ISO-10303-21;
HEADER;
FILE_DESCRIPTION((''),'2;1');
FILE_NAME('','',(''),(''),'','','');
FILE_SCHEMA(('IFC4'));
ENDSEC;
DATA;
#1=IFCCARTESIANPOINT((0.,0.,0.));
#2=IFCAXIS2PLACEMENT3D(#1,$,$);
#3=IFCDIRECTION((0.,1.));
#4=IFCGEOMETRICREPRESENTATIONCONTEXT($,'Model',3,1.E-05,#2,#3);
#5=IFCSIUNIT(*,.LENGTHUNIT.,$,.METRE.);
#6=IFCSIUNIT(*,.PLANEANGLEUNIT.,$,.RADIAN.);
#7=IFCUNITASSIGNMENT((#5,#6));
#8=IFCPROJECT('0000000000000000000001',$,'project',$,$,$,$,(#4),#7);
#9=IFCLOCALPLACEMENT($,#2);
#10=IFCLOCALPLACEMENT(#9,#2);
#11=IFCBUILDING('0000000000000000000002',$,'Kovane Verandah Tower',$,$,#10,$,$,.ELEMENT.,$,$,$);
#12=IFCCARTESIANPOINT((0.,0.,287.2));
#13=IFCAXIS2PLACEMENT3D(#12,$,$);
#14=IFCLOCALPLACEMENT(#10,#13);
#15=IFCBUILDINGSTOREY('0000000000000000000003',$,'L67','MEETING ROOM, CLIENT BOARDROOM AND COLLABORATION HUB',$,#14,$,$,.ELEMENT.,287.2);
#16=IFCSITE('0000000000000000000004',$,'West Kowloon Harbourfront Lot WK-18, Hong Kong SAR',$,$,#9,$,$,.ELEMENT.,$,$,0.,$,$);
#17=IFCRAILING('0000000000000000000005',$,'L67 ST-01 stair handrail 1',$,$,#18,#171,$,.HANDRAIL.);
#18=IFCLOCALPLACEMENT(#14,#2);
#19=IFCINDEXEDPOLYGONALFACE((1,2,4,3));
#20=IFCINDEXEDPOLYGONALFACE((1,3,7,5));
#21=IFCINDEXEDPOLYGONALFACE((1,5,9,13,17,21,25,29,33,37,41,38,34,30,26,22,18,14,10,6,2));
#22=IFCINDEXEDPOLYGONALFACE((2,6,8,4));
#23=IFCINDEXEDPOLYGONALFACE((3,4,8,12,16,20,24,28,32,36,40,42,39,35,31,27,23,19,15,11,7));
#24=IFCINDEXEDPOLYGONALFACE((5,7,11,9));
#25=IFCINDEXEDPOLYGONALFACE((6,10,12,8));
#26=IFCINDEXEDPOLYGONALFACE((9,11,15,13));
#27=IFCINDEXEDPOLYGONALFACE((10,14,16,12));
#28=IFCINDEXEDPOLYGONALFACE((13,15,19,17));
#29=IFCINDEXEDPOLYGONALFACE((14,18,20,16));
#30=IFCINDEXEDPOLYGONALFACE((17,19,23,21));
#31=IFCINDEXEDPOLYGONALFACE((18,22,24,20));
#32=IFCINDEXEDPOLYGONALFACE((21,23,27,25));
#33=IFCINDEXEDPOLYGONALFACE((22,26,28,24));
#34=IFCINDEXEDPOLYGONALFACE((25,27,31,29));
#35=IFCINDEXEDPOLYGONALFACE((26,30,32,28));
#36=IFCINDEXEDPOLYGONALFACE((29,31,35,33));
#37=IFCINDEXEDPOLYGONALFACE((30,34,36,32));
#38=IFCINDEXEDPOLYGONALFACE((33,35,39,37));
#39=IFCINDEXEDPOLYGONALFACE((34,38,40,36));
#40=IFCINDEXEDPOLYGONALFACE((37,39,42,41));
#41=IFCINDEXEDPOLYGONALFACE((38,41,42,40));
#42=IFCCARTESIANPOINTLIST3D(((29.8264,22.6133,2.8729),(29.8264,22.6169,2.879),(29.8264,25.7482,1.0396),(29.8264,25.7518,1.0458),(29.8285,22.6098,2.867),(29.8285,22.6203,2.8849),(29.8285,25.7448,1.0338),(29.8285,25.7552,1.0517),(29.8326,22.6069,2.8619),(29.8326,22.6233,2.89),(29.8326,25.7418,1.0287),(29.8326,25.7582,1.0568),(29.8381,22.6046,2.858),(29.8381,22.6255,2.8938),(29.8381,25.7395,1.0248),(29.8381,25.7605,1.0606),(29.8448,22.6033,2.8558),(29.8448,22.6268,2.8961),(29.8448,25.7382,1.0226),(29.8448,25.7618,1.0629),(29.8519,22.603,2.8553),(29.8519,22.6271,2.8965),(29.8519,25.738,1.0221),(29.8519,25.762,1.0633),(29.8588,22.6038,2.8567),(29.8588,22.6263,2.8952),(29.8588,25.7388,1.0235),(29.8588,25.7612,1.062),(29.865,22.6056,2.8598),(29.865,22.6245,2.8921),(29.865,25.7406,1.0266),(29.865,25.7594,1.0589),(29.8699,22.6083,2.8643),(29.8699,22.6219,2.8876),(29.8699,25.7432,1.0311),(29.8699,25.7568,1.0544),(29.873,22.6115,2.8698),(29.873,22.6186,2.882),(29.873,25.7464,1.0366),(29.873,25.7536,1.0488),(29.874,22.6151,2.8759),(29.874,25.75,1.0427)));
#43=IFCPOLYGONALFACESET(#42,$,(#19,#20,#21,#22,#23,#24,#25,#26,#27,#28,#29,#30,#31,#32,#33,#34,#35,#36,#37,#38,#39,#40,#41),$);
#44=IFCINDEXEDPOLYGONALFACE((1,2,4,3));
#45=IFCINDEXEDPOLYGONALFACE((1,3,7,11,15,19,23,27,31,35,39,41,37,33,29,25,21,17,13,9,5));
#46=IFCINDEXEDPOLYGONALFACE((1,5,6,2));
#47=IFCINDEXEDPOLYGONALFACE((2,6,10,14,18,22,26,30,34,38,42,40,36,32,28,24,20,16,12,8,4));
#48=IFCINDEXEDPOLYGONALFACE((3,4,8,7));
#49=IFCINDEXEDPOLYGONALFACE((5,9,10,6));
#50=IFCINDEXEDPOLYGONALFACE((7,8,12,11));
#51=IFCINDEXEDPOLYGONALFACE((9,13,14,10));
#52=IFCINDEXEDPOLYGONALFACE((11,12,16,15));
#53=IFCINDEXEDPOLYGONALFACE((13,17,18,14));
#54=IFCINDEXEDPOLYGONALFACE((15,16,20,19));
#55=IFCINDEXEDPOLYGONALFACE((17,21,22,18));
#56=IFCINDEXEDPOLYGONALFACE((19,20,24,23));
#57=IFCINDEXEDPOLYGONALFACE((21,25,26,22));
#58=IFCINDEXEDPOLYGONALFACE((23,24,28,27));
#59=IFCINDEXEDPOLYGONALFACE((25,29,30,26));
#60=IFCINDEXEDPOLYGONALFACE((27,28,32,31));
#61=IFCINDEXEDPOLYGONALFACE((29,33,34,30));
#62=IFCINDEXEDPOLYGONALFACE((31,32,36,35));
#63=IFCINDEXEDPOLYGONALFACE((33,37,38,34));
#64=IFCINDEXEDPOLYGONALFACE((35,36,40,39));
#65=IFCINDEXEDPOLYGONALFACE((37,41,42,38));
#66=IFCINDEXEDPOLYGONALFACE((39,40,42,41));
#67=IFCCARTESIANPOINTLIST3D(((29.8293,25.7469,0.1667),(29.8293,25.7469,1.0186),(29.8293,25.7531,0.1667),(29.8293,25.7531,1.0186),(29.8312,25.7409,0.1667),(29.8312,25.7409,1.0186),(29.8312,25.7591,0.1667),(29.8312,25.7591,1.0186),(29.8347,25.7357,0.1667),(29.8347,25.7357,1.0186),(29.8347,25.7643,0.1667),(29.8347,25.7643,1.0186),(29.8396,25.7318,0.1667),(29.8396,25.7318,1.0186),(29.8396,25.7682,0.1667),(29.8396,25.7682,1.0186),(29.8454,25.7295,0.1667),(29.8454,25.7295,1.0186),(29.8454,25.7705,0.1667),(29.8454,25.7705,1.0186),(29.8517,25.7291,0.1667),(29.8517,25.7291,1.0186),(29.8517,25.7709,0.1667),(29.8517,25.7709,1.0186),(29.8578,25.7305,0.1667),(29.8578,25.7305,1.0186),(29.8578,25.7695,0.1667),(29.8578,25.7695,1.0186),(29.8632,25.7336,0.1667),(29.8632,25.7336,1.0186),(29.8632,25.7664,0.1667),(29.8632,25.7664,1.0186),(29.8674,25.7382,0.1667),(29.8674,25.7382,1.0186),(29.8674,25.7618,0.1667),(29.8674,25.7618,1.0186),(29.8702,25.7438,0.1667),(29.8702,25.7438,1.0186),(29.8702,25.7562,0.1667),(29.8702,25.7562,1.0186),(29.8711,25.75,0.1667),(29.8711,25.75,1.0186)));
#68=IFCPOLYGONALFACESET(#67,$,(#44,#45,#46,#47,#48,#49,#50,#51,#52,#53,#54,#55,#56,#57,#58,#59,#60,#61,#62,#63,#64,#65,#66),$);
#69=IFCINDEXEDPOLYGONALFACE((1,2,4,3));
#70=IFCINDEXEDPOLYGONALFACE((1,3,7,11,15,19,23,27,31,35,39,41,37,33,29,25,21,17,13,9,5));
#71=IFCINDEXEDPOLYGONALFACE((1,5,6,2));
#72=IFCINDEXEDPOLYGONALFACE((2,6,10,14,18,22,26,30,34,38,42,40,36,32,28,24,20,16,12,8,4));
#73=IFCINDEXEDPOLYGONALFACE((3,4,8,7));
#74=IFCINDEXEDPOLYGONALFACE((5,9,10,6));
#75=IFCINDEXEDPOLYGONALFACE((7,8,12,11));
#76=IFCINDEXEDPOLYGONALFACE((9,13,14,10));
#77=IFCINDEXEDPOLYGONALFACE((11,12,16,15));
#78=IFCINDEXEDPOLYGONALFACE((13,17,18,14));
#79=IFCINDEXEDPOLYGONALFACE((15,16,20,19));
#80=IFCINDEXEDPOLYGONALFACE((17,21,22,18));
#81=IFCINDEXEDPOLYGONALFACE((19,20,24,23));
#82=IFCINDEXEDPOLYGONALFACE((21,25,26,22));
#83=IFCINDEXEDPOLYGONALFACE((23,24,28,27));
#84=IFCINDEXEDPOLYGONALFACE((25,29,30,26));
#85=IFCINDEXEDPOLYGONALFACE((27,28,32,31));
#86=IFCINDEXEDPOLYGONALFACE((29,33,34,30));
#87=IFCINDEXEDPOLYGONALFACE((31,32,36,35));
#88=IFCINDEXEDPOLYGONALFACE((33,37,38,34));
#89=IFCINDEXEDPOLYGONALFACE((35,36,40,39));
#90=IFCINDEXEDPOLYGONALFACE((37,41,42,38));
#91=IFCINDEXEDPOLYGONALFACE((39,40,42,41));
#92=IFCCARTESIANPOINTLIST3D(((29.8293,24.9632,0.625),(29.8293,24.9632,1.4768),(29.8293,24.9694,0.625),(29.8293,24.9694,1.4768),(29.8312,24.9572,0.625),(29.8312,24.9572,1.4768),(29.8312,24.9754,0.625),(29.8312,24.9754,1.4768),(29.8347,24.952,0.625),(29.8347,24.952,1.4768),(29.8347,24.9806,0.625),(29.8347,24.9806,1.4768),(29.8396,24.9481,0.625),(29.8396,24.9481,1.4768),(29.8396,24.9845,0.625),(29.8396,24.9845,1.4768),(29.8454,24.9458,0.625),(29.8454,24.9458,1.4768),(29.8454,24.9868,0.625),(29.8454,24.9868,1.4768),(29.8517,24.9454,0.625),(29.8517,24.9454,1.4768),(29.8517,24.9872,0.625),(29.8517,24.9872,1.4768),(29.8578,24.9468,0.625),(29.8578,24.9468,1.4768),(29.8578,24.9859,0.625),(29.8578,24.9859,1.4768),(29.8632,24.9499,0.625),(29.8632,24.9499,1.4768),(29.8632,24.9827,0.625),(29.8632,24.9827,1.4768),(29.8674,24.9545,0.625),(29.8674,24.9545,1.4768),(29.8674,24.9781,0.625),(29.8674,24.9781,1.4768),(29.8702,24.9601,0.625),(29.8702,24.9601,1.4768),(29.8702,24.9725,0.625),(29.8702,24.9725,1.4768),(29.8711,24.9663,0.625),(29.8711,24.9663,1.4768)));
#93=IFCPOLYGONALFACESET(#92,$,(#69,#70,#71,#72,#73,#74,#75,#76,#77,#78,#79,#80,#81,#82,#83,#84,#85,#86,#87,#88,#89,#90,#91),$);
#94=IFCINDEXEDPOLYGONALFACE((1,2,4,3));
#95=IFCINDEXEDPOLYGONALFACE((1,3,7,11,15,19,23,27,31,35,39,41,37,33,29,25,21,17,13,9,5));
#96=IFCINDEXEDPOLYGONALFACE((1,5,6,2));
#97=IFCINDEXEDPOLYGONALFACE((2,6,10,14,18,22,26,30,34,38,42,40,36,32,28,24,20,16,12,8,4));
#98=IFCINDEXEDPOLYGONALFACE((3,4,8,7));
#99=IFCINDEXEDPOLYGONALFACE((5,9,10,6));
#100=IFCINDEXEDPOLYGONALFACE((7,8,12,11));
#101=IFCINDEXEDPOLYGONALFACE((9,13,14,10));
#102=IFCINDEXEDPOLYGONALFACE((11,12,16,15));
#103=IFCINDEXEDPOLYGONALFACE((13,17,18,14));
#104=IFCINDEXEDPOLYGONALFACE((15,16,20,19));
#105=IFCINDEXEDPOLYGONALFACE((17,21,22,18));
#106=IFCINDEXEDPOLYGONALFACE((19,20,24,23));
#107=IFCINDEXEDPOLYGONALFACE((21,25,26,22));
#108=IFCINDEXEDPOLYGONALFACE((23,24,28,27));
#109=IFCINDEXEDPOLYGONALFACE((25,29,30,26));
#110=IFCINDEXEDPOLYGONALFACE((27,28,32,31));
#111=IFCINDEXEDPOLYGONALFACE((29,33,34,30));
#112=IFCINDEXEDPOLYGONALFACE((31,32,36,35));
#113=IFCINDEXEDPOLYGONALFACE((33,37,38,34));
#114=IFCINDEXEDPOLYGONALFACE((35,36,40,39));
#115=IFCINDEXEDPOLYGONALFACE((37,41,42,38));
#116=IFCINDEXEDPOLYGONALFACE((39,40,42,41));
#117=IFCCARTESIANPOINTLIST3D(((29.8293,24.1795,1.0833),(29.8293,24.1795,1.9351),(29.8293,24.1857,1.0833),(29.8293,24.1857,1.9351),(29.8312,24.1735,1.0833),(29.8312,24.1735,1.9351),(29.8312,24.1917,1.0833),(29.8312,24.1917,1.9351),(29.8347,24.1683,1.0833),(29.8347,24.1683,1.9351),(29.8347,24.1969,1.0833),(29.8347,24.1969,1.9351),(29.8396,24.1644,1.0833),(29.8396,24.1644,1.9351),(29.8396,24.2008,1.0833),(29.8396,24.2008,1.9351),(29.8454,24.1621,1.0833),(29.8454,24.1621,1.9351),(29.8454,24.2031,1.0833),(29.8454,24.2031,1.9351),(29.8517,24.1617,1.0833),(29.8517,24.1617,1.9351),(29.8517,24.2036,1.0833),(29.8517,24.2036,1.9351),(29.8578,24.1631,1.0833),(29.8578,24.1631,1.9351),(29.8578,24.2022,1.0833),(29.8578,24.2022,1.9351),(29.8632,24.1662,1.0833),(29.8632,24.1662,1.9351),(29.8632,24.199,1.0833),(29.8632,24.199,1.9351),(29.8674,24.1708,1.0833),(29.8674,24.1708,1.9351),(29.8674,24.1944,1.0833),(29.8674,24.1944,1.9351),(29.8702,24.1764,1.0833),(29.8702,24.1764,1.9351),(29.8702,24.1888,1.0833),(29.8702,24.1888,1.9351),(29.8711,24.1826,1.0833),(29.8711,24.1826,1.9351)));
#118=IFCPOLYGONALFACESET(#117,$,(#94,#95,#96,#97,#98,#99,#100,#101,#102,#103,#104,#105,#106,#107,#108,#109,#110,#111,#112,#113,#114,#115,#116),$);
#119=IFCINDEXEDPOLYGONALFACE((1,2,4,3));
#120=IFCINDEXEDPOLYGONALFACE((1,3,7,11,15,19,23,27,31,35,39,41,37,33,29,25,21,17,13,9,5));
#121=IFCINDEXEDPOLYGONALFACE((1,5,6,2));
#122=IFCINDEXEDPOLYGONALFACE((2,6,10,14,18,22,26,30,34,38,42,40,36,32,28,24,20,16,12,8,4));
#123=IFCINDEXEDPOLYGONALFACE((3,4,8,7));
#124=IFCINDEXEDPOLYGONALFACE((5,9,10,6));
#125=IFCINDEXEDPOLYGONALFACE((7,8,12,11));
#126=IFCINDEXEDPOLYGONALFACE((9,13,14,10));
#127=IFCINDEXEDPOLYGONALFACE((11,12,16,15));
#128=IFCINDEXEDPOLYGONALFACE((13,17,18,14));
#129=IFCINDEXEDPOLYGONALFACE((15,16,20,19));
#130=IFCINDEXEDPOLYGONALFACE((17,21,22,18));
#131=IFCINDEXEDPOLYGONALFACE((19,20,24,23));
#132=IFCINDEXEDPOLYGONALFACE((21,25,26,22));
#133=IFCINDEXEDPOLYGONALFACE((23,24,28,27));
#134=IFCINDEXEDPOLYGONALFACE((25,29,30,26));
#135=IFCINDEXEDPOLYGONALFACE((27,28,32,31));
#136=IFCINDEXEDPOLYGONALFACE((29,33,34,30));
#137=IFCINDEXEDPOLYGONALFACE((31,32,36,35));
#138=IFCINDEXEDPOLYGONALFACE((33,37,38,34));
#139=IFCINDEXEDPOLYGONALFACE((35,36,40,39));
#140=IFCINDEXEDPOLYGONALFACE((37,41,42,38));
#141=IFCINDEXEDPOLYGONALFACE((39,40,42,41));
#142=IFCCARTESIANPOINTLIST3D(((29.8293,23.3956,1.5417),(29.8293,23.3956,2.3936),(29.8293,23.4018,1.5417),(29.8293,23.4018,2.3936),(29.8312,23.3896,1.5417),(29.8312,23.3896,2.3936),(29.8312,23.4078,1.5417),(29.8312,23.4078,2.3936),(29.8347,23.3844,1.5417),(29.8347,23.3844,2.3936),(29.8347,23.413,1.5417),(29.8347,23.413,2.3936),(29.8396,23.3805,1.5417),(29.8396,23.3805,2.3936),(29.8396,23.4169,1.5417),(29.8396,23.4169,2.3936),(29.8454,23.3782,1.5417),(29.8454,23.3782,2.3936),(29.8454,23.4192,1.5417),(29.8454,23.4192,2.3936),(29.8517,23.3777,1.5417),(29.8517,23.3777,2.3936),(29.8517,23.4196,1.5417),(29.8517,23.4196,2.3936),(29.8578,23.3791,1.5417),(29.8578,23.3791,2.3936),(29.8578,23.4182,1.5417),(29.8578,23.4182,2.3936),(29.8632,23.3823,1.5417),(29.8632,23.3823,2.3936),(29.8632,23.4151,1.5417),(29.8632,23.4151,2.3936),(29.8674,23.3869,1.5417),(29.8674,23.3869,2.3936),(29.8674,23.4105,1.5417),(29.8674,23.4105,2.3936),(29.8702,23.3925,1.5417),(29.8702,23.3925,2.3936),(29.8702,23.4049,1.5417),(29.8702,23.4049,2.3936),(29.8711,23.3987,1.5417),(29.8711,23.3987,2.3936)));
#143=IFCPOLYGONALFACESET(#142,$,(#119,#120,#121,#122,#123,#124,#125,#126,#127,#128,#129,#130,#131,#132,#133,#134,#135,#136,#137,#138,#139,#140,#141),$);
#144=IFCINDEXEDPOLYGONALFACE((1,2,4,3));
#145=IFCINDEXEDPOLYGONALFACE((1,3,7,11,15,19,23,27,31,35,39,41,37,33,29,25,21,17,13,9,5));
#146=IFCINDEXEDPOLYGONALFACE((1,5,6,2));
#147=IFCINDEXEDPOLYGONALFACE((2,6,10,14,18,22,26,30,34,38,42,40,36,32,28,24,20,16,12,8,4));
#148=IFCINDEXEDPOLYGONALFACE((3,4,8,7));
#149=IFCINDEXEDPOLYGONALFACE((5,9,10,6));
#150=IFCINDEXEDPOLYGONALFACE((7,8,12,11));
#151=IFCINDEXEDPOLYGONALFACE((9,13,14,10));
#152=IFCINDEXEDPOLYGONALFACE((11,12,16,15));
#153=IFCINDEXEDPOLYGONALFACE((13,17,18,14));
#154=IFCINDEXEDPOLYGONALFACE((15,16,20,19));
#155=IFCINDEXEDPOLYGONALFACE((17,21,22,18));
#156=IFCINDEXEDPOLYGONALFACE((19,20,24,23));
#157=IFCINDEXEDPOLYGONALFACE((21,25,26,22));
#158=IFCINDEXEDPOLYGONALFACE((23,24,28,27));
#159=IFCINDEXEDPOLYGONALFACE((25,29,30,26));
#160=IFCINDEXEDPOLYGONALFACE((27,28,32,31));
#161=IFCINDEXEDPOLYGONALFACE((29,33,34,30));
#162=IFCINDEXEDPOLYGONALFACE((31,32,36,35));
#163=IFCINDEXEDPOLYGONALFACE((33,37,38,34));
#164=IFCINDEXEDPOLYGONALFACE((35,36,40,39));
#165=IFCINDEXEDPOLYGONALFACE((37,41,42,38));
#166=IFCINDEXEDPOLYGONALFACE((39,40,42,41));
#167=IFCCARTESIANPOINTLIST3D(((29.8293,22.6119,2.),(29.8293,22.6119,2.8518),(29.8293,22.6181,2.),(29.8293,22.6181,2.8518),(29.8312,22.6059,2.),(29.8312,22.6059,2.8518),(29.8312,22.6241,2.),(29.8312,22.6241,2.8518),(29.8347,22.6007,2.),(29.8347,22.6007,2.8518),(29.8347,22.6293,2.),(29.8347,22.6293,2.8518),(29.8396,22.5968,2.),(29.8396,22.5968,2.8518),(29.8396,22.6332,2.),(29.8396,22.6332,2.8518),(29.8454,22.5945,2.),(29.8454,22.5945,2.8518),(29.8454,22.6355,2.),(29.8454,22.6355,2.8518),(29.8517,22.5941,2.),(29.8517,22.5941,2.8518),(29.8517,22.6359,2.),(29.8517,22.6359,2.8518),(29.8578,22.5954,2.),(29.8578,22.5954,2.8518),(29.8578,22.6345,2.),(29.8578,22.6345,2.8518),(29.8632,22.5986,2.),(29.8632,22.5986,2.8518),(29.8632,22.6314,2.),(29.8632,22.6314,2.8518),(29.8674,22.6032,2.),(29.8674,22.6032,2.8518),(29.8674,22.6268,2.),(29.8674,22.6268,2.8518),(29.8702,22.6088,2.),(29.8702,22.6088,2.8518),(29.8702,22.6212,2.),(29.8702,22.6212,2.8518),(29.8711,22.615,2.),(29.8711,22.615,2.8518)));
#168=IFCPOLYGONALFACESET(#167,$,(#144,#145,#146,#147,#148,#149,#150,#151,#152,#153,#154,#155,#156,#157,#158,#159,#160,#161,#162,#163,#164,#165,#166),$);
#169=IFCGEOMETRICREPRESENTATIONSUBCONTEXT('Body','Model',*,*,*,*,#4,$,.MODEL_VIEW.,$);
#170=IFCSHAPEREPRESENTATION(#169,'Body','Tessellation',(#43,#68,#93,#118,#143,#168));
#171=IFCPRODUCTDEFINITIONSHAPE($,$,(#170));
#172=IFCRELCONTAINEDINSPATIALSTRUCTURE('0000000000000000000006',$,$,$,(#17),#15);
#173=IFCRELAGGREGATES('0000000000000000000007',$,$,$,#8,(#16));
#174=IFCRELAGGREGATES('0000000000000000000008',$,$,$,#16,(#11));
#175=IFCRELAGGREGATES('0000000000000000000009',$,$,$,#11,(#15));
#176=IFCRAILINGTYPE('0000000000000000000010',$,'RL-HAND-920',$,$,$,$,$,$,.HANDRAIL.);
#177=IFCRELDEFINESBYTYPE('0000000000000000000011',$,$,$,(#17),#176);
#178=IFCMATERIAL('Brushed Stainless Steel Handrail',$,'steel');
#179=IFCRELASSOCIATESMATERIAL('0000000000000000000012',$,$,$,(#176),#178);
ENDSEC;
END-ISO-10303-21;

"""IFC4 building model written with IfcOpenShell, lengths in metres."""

from ifc_helpers import new_model, si_unit, direction, frame, origin, origin_2d, place, context, subcontext, project, spatial, circle, extrude, material, type_object, element, save


model = new_model("IFC4")

# Units and contexts
model_context = context("Model", 3, precision=1e-05, world=origin(), true_north=direction((0.0, 1.0)))
body_context = subcontext(model_context, "Body", "Model", "MODEL_VIEW")
ifc_project = project(units=[si_unit("LENGTHUNIT", "METRE"), si_unit("PLANEANGLEUNIT", "RADIAN")], contexts=[model_context])

# Site, building, storey
site_placement = place(None, origin())
site = spatial("IfcSite", under=ifc_project, at=site_placement, Name="West Kowloon Harbourfront Lot WK-18, Hong Kong SAR", CompositionType="ELEMENT", RefElevation=0.0)
building_placement = place(site_placement, origin())
building = spatial("IfcBuilding", under=site, at=building_placement, Name="Kovane Verandah Tower", CompositionType="ELEMENT")
storey_placement = place(building_placement, frame((0.0, 0.0, 287.2)))
storey = spatial("IfcBuildingStorey", under=building, at=storey_placement, Name="L67", Description="MEETING ROOM, CLIENT BOARDROOM AND COLLABORATION HUB", CompositionType="ELEMENT", Elevation=287.2)

# Railing
ifc_material_1 = material(Name="Brushed Stainless Steel Handrail", Category="steel")
railing_type_1 = type_object("IfcRailingType", Name="RL-HAND-920", PredefinedType="HANDRAIL", material=ifc_material_1)
railing_1_placement = place(storey_placement, frame((29.8501, 25.75, 0.1667)))
element("IfcRailing", 1, at=railing_1_placement, inside=storey, type_object=railing_type_1, Name="L67 ST-01 stair handrail 1", PredefinedType="HANDRAIL", context=body_context, shape_type="SweptSolid", body=[
    extrude(circle(Radius=0.0239, at=origin_2d()), frame((0.0, 0.0, 0.876), z_axis=(0.0, -0.86324, 0.504794), x_axis=(1.0, 0.0, 0.0)), (0.0, 0.0, 1.0), 3.6316),
    extrude(circle(Radius=0.021, at=origin_2d()), origin(), (0.0, 0.0, 1.0), 0.8518),
    extrude(circle(Radius=0.021, at=origin_2d()), frame((0.0, -0.7837, 0.4583)), (0.0, 0.0, 1.0), 0.8518),
    extrude(circle(Radius=0.021, at=origin_2d()), frame((0.0, -1.5674, 0.9165)), (0.0, 0.0, 1.0), 0.8518),
    extrude(circle(Radius=0.021, at=origin_2d()), frame((0.0, -2.3513, 1.375)), (0.0, 0.0, 1.0), 0.8518),
    extrude(circle(Radius=0.021, at=origin_2d()), frame((0.0, -3.135, 1.8333)), (0.0, 0.0, 1.0), 0.8518),
])

save(model, "model.ifc")
